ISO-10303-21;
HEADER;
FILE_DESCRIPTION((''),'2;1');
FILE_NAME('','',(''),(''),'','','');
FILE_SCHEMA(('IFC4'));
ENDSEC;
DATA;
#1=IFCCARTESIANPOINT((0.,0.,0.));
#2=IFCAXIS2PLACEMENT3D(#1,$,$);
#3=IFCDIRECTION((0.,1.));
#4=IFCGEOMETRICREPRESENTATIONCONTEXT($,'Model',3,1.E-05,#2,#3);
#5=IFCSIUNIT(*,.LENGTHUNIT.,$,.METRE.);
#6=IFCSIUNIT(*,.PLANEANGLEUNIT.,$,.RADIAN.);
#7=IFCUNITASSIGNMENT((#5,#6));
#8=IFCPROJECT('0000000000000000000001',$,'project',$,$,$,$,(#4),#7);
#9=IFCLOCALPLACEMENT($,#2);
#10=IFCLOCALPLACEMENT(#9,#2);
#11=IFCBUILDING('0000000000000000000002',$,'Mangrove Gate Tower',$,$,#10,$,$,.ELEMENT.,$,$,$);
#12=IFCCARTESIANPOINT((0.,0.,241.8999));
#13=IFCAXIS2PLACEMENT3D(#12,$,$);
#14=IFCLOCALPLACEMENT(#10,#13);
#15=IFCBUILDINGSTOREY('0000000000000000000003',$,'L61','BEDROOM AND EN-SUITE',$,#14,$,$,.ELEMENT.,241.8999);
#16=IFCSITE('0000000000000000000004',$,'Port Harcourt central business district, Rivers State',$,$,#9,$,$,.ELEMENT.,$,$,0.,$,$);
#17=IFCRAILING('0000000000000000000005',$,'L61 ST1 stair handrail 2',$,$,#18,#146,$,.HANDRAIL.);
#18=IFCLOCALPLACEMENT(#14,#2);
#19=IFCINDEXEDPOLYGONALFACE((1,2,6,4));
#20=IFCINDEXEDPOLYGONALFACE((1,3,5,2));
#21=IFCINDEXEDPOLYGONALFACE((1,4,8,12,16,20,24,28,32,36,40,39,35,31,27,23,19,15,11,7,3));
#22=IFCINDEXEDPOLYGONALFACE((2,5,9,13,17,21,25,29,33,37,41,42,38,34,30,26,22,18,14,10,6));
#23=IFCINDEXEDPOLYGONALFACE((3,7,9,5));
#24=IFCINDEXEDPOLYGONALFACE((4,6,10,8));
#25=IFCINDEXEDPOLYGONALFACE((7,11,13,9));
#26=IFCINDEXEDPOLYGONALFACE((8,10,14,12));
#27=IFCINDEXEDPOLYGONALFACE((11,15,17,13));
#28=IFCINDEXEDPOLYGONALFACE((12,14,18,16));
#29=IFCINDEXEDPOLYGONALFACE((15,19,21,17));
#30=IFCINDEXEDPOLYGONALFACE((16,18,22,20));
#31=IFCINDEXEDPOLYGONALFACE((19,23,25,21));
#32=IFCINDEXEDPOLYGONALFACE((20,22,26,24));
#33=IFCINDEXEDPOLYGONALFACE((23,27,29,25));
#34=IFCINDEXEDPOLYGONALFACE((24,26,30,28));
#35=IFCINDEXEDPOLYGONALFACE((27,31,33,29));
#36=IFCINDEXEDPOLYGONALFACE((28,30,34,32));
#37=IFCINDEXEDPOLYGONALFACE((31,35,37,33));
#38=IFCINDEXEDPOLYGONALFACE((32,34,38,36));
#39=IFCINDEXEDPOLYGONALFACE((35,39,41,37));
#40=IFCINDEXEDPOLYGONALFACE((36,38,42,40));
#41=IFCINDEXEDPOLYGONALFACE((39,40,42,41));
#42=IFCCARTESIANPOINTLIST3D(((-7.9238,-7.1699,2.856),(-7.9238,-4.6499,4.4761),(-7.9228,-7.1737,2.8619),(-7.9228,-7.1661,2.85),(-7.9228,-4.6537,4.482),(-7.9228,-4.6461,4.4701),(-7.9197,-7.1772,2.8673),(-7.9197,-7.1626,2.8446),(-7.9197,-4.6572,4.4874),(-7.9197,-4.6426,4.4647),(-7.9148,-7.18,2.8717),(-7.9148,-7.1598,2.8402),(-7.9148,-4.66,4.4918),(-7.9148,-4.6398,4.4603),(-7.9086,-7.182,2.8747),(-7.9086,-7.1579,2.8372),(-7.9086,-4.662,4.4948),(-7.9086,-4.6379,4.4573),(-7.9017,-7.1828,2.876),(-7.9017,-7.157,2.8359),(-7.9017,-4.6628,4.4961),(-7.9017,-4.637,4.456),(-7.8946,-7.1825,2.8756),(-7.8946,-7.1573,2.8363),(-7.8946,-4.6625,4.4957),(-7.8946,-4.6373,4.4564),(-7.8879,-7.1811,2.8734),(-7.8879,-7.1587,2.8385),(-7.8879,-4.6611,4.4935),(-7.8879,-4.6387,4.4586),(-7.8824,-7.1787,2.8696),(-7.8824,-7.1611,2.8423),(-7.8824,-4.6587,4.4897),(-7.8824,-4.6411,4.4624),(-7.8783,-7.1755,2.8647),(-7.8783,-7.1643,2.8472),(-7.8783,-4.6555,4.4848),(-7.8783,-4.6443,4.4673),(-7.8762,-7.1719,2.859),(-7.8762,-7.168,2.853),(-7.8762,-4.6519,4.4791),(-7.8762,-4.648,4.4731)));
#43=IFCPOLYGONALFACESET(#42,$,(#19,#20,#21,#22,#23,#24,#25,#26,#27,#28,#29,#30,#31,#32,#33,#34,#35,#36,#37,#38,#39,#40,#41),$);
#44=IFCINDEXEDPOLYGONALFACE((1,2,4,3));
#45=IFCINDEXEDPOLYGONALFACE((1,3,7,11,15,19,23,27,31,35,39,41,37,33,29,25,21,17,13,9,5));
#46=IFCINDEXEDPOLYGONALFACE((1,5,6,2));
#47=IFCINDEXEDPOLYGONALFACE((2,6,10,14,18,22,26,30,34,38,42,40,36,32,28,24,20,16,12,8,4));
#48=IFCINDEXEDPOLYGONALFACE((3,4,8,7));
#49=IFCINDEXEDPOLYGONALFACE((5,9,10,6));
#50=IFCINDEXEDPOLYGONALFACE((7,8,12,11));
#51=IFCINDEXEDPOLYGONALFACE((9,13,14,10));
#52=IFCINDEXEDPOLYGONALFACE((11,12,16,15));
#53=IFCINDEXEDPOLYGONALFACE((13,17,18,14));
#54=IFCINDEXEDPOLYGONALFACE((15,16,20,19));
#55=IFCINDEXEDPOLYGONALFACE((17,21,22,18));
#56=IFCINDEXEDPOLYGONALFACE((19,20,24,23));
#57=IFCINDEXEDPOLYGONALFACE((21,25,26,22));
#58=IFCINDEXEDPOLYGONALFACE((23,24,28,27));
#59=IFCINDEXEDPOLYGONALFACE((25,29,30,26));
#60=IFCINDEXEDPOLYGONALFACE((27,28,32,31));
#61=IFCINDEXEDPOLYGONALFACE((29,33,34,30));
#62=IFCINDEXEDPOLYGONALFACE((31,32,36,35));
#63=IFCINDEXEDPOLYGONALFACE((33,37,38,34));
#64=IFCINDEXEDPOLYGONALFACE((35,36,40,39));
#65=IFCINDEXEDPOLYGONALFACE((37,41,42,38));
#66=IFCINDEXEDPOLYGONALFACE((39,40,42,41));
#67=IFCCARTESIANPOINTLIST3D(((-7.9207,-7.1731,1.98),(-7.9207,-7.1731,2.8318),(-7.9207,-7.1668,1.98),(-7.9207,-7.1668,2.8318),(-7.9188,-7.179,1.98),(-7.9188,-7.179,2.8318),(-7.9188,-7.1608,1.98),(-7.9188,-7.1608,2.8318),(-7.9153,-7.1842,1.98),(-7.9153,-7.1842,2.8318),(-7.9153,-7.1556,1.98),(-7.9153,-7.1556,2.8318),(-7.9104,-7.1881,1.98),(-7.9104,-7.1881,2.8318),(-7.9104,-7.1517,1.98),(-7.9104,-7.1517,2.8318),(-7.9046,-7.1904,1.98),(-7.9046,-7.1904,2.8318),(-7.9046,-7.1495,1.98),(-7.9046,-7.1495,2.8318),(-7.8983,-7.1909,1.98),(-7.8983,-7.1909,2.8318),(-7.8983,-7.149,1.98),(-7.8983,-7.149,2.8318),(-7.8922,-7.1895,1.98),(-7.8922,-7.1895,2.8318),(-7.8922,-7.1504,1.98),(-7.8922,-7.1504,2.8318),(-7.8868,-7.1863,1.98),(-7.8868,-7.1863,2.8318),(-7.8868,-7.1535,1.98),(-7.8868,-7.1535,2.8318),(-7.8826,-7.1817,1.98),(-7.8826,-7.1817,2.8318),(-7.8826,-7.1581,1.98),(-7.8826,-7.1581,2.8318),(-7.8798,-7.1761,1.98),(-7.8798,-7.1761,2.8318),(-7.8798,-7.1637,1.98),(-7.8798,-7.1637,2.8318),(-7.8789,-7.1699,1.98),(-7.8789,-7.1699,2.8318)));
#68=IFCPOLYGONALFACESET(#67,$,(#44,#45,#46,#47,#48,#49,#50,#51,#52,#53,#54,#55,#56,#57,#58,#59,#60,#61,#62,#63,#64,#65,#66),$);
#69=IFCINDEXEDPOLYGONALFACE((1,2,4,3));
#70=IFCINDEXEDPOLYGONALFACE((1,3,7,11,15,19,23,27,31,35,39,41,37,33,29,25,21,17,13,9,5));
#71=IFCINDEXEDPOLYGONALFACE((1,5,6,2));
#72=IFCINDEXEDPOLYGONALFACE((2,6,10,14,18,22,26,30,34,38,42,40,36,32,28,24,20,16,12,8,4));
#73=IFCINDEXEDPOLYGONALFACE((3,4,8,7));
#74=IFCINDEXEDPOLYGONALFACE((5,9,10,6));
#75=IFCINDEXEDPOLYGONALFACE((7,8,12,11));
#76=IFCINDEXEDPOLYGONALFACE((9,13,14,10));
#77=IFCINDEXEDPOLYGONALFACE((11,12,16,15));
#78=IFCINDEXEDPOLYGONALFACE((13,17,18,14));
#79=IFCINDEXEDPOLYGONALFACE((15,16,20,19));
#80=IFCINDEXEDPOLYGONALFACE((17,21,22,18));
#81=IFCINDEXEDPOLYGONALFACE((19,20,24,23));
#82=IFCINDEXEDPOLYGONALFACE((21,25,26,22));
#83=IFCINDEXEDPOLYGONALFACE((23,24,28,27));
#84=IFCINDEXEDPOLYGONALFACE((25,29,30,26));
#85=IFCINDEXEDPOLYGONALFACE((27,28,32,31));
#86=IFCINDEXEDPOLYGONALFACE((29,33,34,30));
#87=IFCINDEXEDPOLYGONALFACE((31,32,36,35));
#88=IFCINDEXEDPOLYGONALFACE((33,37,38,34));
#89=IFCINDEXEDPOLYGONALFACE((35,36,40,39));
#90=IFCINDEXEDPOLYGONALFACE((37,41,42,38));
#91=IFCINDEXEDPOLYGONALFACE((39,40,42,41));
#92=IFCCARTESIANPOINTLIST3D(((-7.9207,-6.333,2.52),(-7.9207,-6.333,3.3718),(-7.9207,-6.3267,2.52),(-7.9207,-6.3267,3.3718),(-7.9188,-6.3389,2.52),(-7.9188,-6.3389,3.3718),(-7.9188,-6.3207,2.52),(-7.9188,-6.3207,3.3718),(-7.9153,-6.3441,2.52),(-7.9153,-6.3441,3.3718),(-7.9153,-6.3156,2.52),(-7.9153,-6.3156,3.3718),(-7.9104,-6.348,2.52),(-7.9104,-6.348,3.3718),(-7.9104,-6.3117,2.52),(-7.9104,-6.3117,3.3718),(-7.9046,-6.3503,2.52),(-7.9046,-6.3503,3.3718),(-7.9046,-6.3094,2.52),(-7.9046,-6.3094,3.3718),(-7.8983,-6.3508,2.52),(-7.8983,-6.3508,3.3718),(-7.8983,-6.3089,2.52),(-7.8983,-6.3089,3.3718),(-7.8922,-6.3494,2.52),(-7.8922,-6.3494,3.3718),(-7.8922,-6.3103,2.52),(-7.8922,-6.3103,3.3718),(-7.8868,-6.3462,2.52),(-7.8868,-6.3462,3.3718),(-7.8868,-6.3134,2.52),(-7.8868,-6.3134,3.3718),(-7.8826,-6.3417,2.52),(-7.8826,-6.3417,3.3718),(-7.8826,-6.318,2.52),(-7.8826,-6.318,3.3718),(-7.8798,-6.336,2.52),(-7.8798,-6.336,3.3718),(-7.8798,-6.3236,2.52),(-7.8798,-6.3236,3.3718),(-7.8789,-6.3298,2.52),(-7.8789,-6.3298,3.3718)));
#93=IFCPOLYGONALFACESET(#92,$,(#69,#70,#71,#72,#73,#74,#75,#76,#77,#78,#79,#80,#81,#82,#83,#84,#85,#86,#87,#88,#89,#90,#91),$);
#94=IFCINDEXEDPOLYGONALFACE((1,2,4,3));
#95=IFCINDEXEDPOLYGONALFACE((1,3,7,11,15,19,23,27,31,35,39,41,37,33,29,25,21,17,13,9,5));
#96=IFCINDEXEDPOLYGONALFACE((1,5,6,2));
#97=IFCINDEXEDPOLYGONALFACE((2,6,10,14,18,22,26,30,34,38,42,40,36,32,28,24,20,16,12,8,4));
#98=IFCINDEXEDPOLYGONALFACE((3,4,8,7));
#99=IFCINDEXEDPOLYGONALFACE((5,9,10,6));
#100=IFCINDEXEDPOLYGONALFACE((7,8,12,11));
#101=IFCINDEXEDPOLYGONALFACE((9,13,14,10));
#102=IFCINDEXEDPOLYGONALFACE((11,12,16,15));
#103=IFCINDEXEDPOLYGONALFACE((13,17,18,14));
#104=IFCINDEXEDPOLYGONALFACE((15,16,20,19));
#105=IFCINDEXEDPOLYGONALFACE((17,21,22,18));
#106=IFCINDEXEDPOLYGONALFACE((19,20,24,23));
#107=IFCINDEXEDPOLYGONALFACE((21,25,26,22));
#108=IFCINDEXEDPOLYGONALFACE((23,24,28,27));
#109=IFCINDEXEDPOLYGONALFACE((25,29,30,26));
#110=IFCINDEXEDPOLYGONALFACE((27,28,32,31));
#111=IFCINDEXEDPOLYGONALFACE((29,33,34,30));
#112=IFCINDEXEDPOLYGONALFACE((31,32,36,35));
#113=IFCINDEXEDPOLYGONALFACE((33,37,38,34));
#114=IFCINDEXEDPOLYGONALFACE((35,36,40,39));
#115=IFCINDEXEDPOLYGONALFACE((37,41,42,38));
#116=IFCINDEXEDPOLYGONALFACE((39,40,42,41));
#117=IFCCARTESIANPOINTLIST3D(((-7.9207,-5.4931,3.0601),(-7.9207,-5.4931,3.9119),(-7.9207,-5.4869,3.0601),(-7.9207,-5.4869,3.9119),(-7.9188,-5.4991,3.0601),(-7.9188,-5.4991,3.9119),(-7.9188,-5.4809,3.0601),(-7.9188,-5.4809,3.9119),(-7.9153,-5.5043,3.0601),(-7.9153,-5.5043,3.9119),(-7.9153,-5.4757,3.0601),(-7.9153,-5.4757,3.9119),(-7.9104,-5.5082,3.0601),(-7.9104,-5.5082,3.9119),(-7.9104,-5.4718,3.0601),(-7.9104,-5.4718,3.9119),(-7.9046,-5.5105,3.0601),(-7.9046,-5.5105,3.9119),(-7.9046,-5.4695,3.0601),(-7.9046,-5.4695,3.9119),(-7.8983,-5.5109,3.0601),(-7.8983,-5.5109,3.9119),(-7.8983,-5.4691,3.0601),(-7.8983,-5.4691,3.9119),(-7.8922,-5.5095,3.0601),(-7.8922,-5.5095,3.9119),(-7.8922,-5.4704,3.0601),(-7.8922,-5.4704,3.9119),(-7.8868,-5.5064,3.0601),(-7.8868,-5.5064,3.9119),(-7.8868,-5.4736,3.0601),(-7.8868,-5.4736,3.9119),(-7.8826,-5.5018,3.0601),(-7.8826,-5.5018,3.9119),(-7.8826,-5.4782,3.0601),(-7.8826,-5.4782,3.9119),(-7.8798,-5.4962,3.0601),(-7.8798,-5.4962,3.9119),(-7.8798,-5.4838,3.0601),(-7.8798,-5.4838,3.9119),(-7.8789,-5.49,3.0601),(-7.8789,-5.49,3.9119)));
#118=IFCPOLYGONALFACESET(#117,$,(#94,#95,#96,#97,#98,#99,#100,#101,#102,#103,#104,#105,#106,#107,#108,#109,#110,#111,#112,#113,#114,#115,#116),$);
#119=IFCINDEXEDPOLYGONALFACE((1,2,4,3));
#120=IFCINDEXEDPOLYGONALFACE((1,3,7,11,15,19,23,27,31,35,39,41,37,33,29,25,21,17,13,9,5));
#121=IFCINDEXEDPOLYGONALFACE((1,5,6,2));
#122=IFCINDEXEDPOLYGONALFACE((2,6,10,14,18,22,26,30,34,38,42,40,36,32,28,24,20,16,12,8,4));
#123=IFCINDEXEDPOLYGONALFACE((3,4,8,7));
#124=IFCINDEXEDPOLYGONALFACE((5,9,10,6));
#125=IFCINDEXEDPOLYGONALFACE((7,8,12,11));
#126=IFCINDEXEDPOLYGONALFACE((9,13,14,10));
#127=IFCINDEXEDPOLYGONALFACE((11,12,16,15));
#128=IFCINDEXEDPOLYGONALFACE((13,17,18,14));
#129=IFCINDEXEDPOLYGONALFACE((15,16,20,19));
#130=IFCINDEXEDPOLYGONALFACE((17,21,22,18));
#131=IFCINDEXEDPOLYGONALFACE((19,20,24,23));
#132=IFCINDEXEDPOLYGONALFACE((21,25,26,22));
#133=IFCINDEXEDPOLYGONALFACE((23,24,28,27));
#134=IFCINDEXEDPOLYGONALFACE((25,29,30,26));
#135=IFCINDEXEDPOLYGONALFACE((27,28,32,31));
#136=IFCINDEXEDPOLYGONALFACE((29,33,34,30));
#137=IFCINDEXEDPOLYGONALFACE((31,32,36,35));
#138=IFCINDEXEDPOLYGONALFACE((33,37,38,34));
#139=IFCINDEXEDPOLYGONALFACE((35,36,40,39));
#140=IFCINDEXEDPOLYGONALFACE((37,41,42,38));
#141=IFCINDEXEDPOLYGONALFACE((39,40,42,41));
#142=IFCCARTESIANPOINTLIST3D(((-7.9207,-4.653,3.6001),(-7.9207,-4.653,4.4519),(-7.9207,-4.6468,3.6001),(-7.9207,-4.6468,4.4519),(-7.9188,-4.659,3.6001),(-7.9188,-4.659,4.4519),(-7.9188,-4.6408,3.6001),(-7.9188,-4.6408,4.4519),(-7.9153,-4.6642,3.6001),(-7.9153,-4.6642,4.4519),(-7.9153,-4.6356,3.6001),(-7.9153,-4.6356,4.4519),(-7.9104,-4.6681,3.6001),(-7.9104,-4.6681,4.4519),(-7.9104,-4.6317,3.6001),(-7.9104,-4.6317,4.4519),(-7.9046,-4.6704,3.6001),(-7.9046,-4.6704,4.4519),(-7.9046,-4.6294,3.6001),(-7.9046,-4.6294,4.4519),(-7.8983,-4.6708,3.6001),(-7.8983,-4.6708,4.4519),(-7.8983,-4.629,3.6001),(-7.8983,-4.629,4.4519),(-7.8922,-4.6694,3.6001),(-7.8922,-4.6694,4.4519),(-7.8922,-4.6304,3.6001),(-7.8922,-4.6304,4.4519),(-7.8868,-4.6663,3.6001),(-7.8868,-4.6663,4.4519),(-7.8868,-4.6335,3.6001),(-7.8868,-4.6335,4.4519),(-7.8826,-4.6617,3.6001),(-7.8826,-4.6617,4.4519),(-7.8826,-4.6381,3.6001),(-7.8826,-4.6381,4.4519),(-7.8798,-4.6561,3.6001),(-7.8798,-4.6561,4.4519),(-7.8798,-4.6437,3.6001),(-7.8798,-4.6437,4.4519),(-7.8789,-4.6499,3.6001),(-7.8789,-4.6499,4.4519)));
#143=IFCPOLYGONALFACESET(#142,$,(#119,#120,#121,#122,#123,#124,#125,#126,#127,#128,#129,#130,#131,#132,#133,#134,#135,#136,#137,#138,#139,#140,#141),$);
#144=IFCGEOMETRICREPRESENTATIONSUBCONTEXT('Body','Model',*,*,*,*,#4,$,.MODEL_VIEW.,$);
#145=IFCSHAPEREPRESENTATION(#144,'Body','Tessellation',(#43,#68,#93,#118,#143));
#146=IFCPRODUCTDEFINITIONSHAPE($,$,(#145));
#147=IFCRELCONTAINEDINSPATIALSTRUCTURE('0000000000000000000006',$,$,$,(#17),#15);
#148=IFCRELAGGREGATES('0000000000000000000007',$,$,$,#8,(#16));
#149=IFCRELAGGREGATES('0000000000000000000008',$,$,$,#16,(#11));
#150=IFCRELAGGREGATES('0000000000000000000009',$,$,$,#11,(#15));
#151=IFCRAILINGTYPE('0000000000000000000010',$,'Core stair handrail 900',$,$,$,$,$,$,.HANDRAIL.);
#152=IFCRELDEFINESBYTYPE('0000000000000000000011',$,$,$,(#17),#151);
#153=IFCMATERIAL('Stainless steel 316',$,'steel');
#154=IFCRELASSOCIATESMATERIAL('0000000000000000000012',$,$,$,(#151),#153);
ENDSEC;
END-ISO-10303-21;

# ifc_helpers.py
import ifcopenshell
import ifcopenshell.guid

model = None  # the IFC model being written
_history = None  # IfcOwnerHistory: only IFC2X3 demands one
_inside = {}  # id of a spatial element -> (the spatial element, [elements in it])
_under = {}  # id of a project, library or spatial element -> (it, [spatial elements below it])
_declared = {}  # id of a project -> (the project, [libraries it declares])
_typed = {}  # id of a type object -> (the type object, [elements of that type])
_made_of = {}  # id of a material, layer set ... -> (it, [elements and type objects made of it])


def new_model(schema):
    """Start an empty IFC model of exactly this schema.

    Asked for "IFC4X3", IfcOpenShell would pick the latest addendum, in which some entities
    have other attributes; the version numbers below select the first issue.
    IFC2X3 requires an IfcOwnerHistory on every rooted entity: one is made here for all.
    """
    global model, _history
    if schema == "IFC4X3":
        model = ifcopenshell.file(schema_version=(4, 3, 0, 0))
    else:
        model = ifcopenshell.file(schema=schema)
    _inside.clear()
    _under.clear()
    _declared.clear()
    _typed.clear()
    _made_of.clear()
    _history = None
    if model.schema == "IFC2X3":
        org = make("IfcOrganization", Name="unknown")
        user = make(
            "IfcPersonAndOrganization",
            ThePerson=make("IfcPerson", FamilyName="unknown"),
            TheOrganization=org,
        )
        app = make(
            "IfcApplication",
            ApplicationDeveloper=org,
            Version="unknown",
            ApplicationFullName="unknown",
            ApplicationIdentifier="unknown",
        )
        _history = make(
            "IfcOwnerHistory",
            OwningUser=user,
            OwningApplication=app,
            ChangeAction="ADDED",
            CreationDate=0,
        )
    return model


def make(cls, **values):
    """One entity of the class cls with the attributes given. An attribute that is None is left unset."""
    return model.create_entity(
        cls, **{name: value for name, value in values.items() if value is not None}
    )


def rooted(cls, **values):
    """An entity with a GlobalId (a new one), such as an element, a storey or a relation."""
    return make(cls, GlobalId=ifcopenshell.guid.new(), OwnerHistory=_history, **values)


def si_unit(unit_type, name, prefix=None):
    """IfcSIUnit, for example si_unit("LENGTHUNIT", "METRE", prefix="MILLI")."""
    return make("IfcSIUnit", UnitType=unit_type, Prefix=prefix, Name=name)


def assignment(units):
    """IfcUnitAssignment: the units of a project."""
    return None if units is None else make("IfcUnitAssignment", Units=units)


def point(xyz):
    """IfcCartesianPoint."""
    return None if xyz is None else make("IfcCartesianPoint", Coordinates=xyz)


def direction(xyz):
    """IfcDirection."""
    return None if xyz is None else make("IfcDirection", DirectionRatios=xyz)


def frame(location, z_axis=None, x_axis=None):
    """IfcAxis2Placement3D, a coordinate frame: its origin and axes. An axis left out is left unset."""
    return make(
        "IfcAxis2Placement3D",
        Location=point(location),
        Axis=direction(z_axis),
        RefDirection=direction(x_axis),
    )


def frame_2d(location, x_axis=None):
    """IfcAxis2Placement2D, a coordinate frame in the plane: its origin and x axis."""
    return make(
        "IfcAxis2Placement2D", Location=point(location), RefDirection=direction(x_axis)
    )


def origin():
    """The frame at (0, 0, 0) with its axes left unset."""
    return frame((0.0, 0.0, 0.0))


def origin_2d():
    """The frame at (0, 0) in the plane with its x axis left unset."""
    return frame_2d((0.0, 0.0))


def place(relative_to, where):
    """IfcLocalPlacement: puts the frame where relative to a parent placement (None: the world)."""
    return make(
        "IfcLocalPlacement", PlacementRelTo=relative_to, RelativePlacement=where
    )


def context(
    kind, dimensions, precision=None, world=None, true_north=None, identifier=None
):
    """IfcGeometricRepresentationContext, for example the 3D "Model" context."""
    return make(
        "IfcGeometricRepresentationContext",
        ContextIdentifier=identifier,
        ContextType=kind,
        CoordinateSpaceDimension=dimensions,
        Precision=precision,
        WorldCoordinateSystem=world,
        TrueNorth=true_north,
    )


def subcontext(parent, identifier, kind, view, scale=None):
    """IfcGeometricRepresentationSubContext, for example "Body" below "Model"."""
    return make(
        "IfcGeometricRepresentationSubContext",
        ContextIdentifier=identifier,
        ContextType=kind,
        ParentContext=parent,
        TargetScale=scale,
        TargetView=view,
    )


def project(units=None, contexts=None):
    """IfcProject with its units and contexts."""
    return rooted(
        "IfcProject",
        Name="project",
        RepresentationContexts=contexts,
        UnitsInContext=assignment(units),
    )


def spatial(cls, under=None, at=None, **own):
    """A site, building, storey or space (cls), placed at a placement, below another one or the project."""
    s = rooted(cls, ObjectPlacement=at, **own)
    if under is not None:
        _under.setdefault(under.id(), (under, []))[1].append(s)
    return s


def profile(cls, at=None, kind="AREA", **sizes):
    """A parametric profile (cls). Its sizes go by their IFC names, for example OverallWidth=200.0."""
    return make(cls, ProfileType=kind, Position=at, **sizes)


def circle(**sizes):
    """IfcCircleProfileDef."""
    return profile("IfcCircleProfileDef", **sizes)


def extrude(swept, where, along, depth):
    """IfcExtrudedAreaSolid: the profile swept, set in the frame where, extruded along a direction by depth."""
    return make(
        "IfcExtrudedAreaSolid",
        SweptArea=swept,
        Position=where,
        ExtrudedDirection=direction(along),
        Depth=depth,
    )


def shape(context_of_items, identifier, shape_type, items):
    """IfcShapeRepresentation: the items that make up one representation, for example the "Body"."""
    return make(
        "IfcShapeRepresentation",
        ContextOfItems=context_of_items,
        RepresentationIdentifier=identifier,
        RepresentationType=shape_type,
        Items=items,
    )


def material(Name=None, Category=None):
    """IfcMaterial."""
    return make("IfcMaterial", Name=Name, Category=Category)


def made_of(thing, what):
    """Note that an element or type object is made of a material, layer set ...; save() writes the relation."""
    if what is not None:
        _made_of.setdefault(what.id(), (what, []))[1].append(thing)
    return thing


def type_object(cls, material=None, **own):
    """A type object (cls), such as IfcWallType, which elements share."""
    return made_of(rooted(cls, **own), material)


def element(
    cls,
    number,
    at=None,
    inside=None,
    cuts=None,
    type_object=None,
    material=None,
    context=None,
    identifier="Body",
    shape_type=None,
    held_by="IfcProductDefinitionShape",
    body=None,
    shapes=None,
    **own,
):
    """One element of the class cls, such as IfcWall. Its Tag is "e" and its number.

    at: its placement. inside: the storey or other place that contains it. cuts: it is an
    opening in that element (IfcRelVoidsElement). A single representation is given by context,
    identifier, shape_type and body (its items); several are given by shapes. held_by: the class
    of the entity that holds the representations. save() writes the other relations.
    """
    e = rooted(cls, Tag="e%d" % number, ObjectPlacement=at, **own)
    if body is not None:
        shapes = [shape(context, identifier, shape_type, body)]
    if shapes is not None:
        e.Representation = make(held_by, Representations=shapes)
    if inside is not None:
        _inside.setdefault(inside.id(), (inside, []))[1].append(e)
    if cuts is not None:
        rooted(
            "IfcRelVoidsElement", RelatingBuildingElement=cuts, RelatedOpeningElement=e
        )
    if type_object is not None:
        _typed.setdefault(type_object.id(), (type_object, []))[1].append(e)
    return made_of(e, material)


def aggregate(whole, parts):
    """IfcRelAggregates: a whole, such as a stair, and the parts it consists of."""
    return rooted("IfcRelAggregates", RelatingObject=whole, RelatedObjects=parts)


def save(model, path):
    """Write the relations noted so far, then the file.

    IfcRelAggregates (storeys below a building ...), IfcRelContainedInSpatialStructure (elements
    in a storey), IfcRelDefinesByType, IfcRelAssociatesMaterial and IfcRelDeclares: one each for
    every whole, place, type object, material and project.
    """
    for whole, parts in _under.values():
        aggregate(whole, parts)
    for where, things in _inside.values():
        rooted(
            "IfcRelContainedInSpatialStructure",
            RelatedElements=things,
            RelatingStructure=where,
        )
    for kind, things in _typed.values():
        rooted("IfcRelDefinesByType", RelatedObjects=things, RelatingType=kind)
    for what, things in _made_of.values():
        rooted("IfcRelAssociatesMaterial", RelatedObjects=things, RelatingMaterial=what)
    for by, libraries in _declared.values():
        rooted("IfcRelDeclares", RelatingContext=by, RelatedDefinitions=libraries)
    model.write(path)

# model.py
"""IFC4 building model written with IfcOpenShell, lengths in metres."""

from ifc_helpers import new_model, si_unit, direction, frame, origin, origin_2d, place, context, subcontext, project, spatial, circle, extrude, material, type_object, element, save


model = new_model("IFC4")

# Units and contexts
model_context = context("Model", 3, precision=1e-05, world=origin(), true_north=direction((0.0, 1.0)))
body_context = subcontext(model_context, "Body", "Model", "MODEL_VIEW")
ifc_project = project(units=[si_unit("LENGTHUNIT", "METRE"), si_unit("PLANEANGLEUNIT", "RADIAN")], contexts=[model_context])

# Site, building, storey
site_placement = place(None, origin())
site = spatial("IfcSite", under=ifc_project, at=site_placement, Name="Port Harcourt central business district, Rivers State", CompositionType="ELEMENT", RefElevation=0.0)
building_placement = place(site_placement, origin())
building = spatial("IfcBuilding", under=site, at=building_placement, Name="Mangrove Gate Tower", CompositionType="ELEMENT")
storey_placement = place(building_placement, frame((0.0, 0.0, 241.8999)))
storey = spatial("IfcBuildingStorey", under=building, at=storey_placement, Name="L61", Description="BEDROOM AND EN-SUITE", CompositionType="ELEMENT", Elevation=241.8999)

# Railing
ifc_material_1 = material(Name="Stainless steel 316", Category="steel")
railing_type_1 = type_object("IfcRailingType", Name="Core stair handrail 900", PredefinedType="HANDRAIL", material=ifc_material_1)
railing_1_placement = place(storey_placement, frame((-7.8999, -7.1699, 1.98)))
element("IfcRailing", 1, at=railing_1_placement, inside=storey, type_object=railing_type_1, Name="L61 ST1 stair handrail 2", PredefinedType="HANDRAIL", context=body_context, shape_type="SweptSolid", body=[
    extrude(circle(Radius=0.0239, at=origin_2d()), frame((0.0, 0.0, 0.876), z_axis=(0.0, 0.841163, 0.540782), x_axis=(-1.0, 0.0, 0.0)), (0.0, 0.0, 1.0), 2.9958),
    extrude(circle(Radius=0.021, at=origin_2d()), origin(), (0.0, 0.0, 1.0), 0.8518),
    extrude(circle(Radius=0.021, at=origin_2d()), frame((0.0, 0.8401, 0.54)), (0.0, 0.0, 1.0), 0.8518),
    extrude(circle(Radius=0.021, at=origin_2d()), frame((0.0, 1.6799, 1.0801)), (0.0, 0.0, 1.0), 0.8518),
    extrude(circle(Radius=0.021, at=origin_2d()), frame((0.0, 2.52, 1.6201)), (0.0, 0.0, 1.0), 0.8518),
])

save(model, "model.ifc")
